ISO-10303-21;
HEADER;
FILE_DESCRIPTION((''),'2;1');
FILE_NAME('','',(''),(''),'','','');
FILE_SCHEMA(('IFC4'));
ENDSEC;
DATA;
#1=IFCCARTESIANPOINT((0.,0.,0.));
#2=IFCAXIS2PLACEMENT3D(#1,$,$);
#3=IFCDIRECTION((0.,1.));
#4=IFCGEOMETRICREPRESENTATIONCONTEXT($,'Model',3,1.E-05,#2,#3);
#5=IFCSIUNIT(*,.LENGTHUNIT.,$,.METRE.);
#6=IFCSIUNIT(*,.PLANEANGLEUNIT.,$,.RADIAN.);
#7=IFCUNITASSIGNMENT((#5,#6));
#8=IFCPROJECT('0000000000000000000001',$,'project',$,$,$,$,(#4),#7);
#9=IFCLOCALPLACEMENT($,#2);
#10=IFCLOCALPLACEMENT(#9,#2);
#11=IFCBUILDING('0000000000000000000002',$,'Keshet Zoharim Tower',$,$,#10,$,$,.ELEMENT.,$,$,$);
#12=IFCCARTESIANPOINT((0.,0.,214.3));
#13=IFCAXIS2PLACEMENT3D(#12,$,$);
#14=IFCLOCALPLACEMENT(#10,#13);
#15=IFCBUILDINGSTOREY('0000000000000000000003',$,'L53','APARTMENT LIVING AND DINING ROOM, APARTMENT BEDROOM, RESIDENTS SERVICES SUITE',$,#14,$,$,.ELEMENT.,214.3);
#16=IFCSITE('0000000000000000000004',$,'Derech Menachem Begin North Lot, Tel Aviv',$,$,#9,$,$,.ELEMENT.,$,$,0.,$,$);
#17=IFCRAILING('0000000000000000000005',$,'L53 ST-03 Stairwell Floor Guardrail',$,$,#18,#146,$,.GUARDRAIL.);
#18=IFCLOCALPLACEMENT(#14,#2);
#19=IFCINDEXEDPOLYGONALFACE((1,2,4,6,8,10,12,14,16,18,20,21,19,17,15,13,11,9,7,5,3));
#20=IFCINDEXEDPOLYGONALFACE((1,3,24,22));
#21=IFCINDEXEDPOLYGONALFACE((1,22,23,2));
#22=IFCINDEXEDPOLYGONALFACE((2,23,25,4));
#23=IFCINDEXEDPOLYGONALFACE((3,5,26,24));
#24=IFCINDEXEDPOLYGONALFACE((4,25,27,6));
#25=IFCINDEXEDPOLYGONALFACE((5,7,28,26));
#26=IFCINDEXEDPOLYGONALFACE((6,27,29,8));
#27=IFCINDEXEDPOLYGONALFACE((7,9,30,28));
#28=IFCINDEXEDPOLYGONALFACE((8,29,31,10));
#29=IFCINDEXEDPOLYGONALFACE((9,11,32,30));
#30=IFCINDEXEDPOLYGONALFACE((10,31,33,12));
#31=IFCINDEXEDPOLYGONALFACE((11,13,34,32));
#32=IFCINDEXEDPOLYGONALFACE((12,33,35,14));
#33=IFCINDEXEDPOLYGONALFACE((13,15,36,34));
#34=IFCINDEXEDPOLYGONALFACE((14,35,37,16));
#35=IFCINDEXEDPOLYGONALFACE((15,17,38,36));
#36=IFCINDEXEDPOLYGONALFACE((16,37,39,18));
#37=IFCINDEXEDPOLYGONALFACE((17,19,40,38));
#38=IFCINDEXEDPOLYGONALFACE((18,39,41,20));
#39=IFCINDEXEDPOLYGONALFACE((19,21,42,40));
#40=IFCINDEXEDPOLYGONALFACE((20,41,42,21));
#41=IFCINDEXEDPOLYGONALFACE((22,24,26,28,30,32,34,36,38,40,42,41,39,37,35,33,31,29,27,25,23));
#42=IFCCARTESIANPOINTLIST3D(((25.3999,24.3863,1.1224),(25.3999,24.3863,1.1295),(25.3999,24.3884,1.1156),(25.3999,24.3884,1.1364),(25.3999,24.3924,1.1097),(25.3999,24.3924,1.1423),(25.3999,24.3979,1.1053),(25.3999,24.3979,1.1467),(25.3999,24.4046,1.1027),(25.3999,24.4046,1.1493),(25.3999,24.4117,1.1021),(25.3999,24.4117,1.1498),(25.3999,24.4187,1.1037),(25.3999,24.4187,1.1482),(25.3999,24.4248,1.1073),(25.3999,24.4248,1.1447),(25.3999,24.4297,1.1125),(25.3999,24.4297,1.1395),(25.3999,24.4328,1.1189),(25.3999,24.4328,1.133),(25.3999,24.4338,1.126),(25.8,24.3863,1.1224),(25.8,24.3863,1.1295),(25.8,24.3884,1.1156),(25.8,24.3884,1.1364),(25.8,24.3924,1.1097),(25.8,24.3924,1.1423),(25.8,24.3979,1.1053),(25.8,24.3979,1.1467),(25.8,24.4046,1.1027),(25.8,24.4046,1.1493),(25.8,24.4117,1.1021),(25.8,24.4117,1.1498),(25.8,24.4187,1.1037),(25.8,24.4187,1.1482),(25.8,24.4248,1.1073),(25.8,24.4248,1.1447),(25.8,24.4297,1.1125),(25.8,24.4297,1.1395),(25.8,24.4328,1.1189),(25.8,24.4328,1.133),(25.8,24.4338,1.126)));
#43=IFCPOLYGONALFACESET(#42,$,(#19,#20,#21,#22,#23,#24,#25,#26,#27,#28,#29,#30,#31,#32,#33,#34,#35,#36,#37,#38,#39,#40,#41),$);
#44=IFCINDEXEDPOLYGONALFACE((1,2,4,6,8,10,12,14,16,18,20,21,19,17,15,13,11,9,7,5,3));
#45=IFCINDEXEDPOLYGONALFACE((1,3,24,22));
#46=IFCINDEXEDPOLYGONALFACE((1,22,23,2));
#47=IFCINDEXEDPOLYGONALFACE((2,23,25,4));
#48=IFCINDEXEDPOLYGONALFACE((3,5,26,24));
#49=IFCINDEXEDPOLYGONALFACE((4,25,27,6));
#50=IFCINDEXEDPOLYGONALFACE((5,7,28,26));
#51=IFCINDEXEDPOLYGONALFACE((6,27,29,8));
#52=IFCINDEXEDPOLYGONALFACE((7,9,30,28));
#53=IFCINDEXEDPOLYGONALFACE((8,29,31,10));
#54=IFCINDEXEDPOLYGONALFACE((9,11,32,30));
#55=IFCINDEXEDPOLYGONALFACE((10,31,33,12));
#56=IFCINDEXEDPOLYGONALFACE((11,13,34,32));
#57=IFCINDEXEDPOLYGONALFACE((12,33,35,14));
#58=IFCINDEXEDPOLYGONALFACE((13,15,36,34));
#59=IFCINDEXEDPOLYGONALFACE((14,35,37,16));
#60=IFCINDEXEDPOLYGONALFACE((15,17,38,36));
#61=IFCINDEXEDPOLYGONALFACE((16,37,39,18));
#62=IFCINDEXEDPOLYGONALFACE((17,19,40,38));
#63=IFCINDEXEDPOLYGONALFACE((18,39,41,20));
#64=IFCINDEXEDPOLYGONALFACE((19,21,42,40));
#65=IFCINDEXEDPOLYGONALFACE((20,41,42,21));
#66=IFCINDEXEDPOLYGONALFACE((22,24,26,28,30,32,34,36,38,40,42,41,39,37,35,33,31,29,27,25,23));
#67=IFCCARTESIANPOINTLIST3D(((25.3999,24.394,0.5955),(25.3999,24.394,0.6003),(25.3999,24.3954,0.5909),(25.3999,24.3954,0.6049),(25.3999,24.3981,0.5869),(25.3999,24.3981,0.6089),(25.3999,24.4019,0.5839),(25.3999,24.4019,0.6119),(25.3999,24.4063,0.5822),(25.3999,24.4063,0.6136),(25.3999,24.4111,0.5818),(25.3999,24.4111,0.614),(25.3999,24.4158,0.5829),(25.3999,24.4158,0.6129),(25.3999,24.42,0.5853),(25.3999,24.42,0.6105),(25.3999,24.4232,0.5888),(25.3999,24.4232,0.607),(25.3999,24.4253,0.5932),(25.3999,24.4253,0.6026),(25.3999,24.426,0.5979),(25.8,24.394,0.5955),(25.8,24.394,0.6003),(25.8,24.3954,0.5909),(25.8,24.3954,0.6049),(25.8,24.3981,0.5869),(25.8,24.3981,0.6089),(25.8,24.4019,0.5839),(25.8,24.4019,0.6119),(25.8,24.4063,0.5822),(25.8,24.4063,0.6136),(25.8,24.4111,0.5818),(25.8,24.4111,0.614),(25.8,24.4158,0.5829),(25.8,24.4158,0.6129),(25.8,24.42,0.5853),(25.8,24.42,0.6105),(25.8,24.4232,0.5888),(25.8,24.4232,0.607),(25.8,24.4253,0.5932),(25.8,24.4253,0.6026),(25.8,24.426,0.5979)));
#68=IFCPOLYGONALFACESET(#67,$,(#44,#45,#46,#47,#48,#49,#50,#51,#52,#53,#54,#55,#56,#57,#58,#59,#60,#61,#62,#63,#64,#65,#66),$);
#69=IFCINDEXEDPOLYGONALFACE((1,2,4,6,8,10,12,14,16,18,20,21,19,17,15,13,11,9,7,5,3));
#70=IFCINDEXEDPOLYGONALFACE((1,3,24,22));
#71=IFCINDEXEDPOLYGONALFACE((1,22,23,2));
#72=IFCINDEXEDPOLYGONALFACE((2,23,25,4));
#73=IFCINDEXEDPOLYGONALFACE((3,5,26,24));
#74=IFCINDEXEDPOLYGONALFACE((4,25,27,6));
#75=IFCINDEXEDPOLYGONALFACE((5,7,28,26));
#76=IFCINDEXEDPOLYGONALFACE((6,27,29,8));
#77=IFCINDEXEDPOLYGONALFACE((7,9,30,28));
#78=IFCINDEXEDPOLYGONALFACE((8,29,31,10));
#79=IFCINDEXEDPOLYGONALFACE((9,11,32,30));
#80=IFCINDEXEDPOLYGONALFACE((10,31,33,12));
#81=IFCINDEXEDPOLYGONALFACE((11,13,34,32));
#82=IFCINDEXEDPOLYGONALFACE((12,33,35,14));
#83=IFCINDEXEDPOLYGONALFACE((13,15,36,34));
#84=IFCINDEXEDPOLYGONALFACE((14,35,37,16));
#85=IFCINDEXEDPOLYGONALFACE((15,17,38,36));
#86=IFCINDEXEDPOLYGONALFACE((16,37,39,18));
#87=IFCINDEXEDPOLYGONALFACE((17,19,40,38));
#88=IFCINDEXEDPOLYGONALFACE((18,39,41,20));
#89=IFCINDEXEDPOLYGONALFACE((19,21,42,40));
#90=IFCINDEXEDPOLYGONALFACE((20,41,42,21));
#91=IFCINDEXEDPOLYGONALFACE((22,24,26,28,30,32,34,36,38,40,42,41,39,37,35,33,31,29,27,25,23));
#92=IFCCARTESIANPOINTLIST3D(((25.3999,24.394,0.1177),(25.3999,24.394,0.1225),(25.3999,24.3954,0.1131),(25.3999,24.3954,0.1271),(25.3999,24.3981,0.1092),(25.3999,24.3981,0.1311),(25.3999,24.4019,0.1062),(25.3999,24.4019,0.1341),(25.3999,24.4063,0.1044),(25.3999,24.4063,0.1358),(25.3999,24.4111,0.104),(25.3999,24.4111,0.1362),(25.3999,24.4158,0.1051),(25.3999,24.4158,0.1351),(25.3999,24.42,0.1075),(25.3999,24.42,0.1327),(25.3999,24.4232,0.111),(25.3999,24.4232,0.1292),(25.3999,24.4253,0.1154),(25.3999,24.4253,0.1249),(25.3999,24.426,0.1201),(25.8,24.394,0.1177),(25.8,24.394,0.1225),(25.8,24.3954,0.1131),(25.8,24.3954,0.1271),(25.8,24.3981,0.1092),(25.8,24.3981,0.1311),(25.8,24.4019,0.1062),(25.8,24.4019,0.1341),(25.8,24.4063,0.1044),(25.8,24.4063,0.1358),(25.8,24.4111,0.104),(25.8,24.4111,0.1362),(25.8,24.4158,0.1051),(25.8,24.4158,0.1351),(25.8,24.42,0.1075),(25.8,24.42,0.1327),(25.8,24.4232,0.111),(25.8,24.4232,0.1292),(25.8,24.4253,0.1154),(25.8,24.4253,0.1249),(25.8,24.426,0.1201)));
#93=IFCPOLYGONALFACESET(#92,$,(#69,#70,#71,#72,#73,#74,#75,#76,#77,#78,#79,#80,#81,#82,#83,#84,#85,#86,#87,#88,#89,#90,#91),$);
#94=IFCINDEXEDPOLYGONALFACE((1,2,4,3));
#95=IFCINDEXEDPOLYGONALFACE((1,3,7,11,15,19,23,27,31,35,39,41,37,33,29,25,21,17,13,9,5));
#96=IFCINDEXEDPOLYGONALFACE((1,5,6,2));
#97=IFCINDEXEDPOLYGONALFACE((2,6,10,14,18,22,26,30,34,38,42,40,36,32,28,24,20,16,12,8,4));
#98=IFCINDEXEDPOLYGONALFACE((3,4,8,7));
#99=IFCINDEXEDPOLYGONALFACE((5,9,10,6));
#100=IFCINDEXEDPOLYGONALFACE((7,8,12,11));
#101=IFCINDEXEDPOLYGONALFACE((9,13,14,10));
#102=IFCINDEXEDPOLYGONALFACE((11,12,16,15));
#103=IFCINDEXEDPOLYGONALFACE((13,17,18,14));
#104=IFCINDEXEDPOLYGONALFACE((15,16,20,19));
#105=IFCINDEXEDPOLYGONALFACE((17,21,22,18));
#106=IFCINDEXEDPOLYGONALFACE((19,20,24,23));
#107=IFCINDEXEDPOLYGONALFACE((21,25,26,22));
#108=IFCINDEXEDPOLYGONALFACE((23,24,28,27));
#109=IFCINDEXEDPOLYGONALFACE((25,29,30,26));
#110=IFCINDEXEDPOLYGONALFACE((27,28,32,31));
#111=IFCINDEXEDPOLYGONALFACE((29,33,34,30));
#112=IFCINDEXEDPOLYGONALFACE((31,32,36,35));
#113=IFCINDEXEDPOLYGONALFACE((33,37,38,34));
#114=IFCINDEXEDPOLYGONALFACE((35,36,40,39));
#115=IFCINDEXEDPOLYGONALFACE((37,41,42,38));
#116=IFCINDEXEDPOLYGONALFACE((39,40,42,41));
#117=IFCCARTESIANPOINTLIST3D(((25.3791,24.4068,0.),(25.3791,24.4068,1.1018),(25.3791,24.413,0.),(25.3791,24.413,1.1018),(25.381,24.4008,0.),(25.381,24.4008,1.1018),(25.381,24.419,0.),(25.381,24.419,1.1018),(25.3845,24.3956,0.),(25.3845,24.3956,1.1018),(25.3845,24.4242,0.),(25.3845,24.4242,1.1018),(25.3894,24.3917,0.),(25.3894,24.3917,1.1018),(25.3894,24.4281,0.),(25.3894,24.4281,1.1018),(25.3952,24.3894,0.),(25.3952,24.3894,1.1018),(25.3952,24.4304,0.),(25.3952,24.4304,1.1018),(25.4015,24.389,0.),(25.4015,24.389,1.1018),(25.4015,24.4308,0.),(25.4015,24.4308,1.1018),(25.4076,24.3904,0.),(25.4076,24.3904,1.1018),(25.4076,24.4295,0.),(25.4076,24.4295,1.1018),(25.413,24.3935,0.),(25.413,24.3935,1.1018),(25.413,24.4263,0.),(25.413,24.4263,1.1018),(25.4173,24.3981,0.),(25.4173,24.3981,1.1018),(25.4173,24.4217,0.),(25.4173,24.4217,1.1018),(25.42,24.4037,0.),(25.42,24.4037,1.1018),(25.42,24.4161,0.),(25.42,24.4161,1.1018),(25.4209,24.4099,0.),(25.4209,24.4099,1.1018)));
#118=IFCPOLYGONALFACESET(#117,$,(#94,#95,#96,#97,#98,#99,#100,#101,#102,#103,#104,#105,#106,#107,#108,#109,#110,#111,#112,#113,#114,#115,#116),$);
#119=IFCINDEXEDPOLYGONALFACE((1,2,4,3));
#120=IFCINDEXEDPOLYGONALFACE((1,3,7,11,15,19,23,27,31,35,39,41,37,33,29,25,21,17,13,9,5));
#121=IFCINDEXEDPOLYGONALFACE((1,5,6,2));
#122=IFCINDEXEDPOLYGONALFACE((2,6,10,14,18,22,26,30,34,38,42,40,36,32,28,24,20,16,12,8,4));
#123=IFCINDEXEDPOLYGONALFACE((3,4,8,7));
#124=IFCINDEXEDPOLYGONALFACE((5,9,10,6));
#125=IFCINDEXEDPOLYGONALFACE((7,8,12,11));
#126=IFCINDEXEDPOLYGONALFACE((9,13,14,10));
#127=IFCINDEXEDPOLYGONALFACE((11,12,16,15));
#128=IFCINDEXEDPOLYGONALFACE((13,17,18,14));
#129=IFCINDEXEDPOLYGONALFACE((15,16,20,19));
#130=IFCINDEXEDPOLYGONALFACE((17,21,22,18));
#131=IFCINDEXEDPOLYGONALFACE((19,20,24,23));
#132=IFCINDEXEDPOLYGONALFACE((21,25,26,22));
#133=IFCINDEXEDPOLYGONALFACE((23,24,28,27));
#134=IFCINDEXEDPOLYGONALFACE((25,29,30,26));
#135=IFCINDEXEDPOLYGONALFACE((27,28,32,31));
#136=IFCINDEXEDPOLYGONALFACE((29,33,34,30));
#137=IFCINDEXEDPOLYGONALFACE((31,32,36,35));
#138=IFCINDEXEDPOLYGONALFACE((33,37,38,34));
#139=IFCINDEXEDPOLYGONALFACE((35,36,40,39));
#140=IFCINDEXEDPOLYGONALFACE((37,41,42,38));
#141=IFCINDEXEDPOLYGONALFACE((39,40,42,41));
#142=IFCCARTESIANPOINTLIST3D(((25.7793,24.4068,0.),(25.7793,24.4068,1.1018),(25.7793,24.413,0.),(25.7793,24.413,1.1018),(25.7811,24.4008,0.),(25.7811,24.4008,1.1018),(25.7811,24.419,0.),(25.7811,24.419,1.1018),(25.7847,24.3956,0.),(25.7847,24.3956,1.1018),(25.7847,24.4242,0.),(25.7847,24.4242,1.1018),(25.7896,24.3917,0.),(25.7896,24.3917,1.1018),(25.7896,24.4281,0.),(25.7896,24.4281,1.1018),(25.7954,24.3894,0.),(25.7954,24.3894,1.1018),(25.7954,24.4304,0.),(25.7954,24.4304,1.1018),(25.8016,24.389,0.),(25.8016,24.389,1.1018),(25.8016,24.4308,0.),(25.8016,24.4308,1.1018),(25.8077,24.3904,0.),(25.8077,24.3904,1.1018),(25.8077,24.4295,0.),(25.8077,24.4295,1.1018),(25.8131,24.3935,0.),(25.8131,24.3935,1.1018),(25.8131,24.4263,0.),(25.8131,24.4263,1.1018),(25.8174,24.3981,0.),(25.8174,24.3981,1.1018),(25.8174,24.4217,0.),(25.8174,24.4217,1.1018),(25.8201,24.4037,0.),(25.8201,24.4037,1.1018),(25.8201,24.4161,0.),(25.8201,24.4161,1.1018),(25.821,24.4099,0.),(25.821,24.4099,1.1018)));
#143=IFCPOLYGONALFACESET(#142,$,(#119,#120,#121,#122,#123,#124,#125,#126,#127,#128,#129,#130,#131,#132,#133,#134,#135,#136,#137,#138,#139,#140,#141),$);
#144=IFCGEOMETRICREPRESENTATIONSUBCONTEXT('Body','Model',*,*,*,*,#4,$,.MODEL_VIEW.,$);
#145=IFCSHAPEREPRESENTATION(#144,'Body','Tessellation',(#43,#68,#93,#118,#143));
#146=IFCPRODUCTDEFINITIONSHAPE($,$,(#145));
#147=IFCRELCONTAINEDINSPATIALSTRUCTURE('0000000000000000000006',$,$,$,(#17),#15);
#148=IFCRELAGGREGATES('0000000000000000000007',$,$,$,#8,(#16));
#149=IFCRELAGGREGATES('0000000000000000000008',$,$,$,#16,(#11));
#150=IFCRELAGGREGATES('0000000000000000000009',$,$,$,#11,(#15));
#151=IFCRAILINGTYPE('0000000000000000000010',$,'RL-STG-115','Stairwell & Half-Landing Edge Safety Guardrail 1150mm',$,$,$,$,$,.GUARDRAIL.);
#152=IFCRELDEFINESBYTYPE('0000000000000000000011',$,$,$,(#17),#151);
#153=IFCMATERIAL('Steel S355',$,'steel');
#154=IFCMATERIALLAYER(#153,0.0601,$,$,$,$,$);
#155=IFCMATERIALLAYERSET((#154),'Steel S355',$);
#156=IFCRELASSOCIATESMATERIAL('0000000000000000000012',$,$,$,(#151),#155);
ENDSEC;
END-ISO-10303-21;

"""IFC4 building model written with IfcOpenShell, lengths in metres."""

from ifc_helpers import new_model, si_unit, direction, frame, origin, origin_2d, place, context, subcontext, project, spatial, circle, extrude, material, layer, layer_set, type_object, element, save


model = new_model("IFC4")

# Units and contexts
model_context = context("Model", 3, precision=1e-05, world=origin(), true_north=direction((0.0, 1.0)))
body_context = subcontext(model_context, "Body", "Model", "MODEL_VIEW")
ifc_project = project(units=[si_unit("LENGTHUNIT", "METRE"), si_unit("PLANEANGLEUNIT", "RADIAN")], contexts=[model_context])

# Site, building, storey
site_placement = place(None, origin())
site = spatial("IfcSite", under=ifc_project, at=site_placement, Name="Derech Menachem Begin North Lot, Tel Aviv", CompositionType="ELEMENT", RefElevation=0.0)
building_placement = place(site_placement, origin())
building = spatial("IfcBuilding", under=site, at=building_placement, Name="Keshet Zoharim Tower", CompositionType="ELEMENT")
storey_placement = place(building_placement, frame((0.0, 0.0, 214.3)))
storey = spatial("IfcBuildingStorey", under=building, at=storey_placement, Name="L53", Description="APARTMENT LIVING AND DINING ROOM, APARTMENT BEDROOM, RESIDENTS SERVICES SUITE", CompositionType="ELEMENT", Elevation=214.3)

# Railing
ifc_material_1 = material(Name="Steel S355", Category="steel")
ifc_layer_1 = layer(ifc_material_1, 0.0601)
ifc_layer_set_1 = layer_set([ifc_layer_1], Name="Steel S355")
railing_type_1 = type_object("IfcRailingType", Name="RL-STG-115", Description="Stairwell & Half-Landing Edge Safety Guardrail 1150mm", PredefinedType="GUARDRAIL", material=ifc_layer_set_1)
railing_1_placement = place(storey_placement, frame((25.3999, 24.4099, 0.0)))
element("IfcRailing", 1, at=railing_1_placement, inside=storey, type_object=railing_type_1, Name="L53 ST-03 Stairwell Floor Guardrail", PredefinedType="GUARDRAIL", context=body_context, shape_type="SweptSolid", body=[
    extrude(circle(Radius=0.0239, at=origin_2d()), frame((0.0, 0.0, 1.126), z_axis=(1.0, 0.0, 0.0), x_axis=(0.0, 1.0, 0.0)), (0.0, 0.0, 1.0), 0.4001),
    extrude(circle(Radius=0.0161, at=origin_2d()), frame((0.0, 0.0, 0.5979), z_axis=(1.0, 0.0, 0.0), x_axis=(0.0, 1.0, 0.0)), (0.0, 0.0, 1.0), 0.4001),
    extrude(circle(Radius=0.0161, at=origin_2d()), frame((0.0, 0.0, 0.1201), z_axis=(1.0, 0.0, 0.0), x_axis=(0.0, 1.0, 0.0)), (0.0, 0.0, 1.0), 0.4001),
    extrude(circle(Radius=0.021, at=origin_2d()), origin(), (0.0, 0.0, 1.0), 1.1018),
    extrude(circle(Radius=0.021, at=origin_2d()), frame((0.4001, 0.0, 0.0)), (0.0, 0.0, 1.0), 1.1018),
])

save(model, "model.ifc")
